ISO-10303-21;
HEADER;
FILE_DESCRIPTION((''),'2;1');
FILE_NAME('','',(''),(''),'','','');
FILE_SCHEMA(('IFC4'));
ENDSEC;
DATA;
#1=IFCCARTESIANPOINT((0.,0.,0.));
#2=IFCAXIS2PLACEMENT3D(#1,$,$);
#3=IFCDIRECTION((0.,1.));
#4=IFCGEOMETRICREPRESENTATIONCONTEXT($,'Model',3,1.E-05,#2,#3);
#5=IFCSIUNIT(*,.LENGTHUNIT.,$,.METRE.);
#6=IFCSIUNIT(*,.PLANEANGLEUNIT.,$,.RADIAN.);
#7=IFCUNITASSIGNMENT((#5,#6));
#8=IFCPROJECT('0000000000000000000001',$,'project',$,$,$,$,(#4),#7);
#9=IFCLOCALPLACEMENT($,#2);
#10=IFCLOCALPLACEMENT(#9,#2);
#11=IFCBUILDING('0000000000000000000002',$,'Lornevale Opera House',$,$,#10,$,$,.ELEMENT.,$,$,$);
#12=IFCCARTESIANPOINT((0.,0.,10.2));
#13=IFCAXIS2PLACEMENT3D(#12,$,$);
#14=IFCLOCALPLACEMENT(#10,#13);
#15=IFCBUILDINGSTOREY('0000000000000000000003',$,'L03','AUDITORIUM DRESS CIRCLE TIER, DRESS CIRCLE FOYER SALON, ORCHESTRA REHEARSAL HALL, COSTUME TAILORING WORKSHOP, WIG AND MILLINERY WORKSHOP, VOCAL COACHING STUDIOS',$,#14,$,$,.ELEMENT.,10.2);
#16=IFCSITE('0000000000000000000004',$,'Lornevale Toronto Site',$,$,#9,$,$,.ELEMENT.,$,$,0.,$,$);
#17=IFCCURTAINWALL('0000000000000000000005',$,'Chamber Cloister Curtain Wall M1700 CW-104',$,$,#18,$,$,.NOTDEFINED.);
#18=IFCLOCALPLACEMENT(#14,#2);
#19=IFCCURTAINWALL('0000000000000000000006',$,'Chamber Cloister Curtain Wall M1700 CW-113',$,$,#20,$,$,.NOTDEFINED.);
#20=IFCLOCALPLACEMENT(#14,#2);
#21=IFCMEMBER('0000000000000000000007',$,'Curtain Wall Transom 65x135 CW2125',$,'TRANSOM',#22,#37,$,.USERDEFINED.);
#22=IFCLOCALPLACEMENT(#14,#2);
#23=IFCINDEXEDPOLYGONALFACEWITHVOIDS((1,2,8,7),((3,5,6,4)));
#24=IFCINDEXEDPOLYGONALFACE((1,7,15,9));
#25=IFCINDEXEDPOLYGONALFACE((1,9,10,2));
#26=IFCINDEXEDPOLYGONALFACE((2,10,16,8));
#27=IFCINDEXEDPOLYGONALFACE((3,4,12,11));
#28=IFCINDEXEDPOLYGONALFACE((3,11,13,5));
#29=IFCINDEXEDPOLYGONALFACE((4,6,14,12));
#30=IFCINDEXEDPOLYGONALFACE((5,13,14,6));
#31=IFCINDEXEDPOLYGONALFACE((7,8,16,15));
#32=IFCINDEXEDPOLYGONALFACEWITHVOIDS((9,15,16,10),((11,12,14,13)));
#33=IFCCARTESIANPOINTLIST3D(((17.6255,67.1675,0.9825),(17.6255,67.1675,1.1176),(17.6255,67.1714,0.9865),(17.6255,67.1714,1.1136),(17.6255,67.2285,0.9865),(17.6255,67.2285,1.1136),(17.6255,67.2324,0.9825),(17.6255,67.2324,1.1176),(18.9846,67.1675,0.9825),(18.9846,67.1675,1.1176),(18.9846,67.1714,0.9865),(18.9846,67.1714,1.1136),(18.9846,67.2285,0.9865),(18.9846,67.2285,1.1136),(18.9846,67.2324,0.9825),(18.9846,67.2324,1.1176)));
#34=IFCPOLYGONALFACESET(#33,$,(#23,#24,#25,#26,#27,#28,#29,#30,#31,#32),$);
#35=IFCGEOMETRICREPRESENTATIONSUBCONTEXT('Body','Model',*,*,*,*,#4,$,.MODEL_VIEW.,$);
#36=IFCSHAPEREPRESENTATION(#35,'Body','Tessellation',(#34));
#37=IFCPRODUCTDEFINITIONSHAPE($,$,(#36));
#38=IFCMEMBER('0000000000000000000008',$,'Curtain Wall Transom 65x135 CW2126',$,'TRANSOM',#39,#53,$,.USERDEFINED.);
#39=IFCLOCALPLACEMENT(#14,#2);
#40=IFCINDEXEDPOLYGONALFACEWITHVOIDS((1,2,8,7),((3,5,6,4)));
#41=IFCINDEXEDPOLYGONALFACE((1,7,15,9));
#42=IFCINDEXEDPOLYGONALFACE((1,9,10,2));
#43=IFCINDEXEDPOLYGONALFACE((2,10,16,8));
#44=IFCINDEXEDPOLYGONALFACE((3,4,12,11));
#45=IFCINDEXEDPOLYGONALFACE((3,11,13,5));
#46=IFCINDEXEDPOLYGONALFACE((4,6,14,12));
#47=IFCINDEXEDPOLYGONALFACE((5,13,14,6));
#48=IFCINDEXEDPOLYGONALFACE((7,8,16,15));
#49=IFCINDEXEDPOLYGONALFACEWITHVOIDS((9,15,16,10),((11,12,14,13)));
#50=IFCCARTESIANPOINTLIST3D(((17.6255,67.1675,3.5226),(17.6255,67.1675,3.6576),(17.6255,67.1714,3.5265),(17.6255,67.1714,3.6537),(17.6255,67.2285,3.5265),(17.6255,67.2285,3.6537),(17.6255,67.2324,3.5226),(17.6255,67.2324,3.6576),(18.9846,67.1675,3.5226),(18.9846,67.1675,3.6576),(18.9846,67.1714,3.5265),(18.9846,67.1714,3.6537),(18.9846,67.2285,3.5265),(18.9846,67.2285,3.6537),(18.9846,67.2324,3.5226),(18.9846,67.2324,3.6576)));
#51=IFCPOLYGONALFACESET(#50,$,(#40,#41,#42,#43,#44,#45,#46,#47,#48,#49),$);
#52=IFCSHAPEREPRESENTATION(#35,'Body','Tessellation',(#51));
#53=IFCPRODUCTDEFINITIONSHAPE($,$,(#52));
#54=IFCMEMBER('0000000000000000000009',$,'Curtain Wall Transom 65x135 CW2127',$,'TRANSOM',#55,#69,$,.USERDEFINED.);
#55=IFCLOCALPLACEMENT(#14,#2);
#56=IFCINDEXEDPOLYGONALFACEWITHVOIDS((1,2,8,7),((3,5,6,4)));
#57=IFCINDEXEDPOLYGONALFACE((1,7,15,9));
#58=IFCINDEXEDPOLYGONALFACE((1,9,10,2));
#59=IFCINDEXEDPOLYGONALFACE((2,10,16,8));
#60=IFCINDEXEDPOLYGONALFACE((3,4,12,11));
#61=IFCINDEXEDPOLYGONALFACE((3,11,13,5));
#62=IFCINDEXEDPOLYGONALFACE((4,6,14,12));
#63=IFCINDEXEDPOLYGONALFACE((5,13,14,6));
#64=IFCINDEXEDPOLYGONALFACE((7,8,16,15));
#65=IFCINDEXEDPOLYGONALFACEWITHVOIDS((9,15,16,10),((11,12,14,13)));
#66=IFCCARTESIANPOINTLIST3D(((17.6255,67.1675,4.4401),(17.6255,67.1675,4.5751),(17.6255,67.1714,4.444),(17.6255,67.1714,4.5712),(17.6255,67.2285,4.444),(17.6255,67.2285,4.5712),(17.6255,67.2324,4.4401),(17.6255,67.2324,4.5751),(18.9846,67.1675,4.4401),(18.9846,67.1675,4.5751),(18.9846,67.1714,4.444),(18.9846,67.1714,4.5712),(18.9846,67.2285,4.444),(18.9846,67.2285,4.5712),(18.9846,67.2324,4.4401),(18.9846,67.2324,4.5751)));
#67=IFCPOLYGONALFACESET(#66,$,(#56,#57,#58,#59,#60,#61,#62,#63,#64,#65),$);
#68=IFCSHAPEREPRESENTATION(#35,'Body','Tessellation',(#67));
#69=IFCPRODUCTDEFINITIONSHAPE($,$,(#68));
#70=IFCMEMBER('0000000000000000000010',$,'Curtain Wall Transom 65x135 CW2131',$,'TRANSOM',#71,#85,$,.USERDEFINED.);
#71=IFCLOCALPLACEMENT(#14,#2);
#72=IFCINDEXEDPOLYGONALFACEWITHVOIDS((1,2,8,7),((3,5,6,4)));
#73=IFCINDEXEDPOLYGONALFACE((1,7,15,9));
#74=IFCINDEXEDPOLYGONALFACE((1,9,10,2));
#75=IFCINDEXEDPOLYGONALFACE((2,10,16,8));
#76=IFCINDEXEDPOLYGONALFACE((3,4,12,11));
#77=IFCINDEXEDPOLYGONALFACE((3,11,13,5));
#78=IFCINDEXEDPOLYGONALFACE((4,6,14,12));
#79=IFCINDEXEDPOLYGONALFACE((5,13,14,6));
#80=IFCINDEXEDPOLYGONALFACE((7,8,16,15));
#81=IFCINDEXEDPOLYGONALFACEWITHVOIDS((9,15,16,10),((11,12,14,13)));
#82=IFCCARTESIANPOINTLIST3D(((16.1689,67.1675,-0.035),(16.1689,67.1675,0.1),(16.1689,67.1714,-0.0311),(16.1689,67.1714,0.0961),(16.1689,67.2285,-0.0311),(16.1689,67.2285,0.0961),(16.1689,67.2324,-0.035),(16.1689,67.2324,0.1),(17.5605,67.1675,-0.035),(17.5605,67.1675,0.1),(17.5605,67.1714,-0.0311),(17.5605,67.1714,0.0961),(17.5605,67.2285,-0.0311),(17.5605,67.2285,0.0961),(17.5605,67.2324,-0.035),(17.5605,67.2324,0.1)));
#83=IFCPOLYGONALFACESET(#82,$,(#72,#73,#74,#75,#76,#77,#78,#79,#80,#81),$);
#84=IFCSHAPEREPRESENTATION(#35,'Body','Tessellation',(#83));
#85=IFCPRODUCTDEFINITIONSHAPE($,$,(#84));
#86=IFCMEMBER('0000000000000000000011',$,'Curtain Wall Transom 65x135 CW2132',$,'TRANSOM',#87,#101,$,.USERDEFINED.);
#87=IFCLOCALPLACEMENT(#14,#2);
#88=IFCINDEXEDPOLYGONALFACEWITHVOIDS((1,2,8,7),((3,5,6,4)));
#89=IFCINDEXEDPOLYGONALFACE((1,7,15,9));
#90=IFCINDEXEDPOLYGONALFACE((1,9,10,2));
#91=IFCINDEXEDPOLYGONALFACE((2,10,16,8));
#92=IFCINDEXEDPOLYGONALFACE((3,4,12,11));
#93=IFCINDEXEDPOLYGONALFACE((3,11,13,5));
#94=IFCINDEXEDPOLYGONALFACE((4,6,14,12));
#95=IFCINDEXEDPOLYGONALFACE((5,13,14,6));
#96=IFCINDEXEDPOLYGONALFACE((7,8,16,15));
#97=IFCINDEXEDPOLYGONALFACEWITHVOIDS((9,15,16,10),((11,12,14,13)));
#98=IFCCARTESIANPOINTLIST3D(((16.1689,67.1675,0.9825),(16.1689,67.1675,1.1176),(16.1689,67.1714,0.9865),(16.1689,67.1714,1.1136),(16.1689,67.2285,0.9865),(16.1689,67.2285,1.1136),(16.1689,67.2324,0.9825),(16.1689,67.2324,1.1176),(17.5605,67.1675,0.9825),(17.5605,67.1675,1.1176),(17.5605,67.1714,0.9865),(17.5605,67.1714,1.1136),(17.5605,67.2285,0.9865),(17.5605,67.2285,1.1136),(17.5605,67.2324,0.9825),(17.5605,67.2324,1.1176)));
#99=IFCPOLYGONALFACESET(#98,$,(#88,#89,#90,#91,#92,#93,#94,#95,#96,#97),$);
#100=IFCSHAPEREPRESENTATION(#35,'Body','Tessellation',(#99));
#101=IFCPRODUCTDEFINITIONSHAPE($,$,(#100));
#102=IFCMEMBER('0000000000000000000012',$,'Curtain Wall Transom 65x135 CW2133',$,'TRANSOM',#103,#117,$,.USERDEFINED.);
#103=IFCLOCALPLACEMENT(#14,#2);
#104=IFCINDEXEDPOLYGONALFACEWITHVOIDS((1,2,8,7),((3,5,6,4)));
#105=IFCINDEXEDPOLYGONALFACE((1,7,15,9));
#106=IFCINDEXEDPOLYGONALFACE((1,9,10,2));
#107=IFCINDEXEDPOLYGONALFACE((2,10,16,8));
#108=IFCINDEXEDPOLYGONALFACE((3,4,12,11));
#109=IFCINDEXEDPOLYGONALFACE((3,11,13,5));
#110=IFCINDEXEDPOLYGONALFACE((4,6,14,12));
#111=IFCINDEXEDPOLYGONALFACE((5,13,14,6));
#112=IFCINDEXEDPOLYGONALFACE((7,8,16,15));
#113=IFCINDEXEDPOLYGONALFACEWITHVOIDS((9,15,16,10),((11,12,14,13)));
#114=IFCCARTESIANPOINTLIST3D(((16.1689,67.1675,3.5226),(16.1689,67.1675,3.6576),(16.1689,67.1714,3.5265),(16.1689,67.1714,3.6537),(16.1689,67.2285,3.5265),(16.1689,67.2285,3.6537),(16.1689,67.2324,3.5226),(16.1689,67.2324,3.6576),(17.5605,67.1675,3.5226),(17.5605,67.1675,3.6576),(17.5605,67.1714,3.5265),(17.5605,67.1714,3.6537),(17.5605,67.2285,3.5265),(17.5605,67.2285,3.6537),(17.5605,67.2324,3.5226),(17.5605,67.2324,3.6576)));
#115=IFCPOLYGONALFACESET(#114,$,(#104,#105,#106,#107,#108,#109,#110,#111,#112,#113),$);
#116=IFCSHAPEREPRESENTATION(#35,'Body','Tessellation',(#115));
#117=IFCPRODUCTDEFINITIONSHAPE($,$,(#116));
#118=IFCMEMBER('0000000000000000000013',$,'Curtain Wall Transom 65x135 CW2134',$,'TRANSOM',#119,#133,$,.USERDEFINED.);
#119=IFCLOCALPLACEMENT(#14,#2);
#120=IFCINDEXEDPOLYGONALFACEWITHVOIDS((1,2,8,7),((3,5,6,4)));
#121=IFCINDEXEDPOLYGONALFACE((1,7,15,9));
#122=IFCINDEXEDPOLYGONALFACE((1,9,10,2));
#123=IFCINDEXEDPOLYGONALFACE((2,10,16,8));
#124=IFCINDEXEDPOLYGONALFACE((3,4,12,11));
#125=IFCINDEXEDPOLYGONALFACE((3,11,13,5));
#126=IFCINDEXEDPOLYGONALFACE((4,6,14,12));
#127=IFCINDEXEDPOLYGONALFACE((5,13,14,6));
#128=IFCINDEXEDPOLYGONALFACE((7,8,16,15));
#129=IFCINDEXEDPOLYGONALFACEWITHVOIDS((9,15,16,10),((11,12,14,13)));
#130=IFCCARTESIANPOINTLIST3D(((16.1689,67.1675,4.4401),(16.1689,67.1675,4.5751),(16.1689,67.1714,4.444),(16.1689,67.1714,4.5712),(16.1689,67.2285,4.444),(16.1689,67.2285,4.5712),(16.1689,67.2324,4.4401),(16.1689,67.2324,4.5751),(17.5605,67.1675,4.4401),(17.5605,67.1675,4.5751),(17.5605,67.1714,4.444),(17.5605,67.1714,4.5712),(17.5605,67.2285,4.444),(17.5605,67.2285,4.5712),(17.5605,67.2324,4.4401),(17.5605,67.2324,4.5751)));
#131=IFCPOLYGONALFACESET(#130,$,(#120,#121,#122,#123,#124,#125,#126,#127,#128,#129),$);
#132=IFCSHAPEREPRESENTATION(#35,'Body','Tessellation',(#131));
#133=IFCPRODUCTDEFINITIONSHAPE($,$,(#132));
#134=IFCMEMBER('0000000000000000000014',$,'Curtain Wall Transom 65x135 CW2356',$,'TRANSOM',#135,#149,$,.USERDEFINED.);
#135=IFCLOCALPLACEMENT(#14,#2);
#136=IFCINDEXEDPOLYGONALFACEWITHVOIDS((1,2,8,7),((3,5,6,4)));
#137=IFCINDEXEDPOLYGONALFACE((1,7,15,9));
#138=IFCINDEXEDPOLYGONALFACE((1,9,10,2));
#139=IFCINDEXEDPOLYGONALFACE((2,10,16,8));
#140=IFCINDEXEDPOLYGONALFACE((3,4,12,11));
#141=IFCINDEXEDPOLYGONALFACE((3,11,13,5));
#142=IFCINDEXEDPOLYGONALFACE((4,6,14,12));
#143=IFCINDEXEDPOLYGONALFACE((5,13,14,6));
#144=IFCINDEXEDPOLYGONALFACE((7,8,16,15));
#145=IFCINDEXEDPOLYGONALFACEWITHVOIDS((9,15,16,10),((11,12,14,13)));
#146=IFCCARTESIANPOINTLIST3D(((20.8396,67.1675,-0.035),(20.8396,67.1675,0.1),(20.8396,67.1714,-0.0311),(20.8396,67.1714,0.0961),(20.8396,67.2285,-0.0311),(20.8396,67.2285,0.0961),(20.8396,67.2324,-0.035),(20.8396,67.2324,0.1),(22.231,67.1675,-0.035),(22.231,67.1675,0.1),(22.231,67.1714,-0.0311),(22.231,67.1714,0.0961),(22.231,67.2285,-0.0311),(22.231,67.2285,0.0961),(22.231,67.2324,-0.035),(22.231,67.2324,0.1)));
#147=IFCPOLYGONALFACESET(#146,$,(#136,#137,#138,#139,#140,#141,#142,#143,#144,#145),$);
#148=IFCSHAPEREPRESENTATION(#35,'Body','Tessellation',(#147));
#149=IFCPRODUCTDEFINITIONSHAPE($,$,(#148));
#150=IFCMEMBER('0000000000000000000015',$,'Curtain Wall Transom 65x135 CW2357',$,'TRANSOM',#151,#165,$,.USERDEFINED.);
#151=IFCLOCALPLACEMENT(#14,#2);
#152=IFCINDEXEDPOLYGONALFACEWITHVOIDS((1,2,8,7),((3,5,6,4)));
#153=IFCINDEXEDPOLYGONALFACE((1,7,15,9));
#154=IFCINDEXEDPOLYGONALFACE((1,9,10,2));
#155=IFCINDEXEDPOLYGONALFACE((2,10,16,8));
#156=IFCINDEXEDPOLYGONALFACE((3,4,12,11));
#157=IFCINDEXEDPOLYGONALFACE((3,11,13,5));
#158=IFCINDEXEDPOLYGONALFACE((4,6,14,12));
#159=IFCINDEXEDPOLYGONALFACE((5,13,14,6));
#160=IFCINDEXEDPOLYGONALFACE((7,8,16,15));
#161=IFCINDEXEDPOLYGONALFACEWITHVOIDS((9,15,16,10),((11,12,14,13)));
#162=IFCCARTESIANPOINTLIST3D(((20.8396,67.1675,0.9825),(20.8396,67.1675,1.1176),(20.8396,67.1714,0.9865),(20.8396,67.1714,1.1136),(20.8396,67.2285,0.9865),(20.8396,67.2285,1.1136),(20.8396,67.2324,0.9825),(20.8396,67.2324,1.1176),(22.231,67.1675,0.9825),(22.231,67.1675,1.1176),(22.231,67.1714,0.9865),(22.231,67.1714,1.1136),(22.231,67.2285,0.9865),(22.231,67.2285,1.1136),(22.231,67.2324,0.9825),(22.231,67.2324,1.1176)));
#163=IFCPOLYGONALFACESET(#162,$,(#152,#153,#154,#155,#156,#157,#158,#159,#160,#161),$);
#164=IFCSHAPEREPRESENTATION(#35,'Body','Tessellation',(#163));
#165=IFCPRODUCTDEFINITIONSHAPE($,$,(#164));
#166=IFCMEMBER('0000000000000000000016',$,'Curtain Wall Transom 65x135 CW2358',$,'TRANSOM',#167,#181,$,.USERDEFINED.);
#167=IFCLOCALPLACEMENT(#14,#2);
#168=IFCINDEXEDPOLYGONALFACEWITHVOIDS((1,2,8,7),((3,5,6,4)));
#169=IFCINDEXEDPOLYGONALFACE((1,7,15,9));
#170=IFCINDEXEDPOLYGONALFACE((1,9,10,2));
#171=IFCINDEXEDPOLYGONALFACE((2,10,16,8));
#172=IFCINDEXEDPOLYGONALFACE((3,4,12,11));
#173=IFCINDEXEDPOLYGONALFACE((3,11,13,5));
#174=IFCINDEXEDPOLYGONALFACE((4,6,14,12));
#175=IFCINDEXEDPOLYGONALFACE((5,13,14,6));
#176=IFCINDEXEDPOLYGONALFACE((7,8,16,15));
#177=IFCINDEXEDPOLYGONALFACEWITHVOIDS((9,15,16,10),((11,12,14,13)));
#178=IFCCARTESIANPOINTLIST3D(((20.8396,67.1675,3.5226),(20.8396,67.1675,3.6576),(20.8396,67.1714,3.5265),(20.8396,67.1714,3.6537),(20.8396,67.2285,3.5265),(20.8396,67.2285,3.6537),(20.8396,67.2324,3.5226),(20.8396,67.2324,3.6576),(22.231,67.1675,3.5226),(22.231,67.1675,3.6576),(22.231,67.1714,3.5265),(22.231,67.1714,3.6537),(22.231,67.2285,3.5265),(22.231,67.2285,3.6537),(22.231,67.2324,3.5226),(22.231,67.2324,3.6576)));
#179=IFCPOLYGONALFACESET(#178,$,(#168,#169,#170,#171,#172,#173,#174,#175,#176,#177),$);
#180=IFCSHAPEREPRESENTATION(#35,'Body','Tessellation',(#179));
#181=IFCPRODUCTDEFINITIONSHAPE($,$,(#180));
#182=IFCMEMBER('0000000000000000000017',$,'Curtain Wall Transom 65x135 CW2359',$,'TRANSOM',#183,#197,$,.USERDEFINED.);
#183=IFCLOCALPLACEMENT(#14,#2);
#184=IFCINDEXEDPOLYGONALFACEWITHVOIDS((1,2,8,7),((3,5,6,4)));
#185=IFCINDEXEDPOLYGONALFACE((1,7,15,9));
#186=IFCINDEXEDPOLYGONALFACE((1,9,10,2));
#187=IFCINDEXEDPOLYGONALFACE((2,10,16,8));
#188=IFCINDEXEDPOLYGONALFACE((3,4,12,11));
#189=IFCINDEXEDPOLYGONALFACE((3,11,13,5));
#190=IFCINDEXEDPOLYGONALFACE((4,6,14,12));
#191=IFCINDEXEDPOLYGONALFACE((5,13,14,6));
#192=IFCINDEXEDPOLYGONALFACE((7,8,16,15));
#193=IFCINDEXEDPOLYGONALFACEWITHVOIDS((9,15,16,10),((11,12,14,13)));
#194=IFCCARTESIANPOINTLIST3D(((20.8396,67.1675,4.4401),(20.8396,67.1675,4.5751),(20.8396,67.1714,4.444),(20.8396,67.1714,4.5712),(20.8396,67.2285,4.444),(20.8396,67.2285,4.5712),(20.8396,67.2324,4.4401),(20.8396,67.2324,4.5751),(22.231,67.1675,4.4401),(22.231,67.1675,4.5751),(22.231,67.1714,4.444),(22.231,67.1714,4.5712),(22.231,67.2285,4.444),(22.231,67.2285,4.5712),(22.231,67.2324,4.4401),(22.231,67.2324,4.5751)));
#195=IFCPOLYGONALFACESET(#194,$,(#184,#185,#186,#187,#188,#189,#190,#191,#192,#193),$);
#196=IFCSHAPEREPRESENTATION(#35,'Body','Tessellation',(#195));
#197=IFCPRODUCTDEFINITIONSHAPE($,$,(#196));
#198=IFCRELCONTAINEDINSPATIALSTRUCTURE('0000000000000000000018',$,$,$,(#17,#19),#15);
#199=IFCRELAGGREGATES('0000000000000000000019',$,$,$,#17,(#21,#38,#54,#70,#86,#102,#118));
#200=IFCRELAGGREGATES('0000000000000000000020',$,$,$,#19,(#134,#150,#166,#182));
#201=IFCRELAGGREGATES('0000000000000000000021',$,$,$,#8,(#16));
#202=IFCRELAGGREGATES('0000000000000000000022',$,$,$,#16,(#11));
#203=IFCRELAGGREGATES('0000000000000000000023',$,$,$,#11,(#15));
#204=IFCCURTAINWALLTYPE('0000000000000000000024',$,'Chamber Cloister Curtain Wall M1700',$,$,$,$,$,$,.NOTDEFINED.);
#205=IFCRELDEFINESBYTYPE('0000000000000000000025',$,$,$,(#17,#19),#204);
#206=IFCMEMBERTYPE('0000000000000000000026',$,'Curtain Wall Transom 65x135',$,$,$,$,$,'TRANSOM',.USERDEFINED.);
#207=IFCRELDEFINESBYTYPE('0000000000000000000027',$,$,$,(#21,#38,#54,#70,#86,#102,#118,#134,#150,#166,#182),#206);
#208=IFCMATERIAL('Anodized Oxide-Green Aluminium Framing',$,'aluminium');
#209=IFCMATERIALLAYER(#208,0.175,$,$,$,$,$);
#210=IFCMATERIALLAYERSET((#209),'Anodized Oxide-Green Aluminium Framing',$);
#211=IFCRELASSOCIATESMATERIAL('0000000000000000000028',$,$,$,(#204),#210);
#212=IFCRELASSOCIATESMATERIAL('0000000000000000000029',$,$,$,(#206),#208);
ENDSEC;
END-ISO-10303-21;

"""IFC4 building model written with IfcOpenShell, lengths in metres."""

from ifc_helpers import new_model, si_unit, direction, frame, origin, origin_2d, place, context, subcontext, project, spatial, hollow_rectangle, extrude, material, layer, layer_set, material_profile, profile_set, type_object, element, aggregate, save


model = new_model("IFC4")

# Units and contexts
model_context = context("Model", 3, precision=1e-05, world=origin(), true_north=direction((0.0, 1.0)))
body_context = subcontext(model_context, "Body", "Model", "MODEL_VIEW")
ifc_project = project(units=[si_unit("LENGTHUNIT", "METRE"), si_unit("PLANEANGLEUNIT", "RADIAN")], contexts=[model_context])

# Site, building, storey
site_placement = place(None, origin())
site = spatial("IfcSite", under=ifc_project, at=site_placement, Name="Lornevale Toronto Site", CompositionType="ELEMENT", RefElevation=0.0)
building_placement = place(site_placement, origin())
building = spatial("IfcBuilding", under=site, at=building_placement, Name="Lornevale Opera House", CompositionType="ELEMENT")
storey_placement = place(building_placement, frame((0.0, 0.0, 10.2)))
storey = spatial("IfcBuildingStorey", under=building, at=storey_placement, Name="L03", Description="AUDITORIUM DRESS CIRCLE TIER, DRESS CIRCLE FOYER SALON, ORCHESTRA REHEARSAL HALL, COSTUME TAILORING WORKSHOP, WIG AND MILLINERY WORKSHOP, VOCAL COACHING STUDIOS", CompositionType="ELEMENT", Elevation=10.2)

# Curtain walls
ifc_material_1 = material(Name="Anodized Oxide-Green Aluminium Framing", Category="aluminium")
ifc_layer_1 = layer(ifc_material_1, 0.175)
ifc_layer_set_1 = layer_set([ifc_layer_1], Name="Anodized Oxide-Green Aluminium Framing")
curtain_wall_type = type_object("IfcCurtainWallType", Name="Chamber Cloister Curtain Wall M1700", PredefinedType="NOTDEFINED", material=ifc_layer_set_1)
curtain_wall_1_placement = place(storey_placement, origin())
curtain_wall_1 = element("IfcCurtainWall", 1, at=curtain_wall_1_placement, inside=storey, type_object=curtain_wall_type, Name="Chamber Cloister Curtain Wall M1700 CW-104", PredefinedType="NOTDEFINED")
curtain_wall_2_placement = place(storey_placement, origin())
curtain_wall_2 = element("IfcCurtainWall", 2, at=curtain_wall_2_placement, inside=storey, type_object=curtain_wall_type, Name="Chamber Cloister Curtain Wall M1700 CW-113", PredefinedType="NOTDEFINED")

# Members
ifc_material_profile_1 = material_profile(ifc_material_1, hollow_rectangle(XDim=0.0649, YDim=0.135, WallThickness=0.0039, at=origin_2d()), Name="ALU65x135x4")
ifc_profile_set_1 = profile_set([ifc_material_profile_1], Name="Anodized Oxide-Green Aluminium Framing")
member_type_1 = type_object("IfcMemberType", Name="Curtain Wall Transom 65x135", ElementType="TRANSOM", PredefinedType="USERDEFINED", material=ifc_profile_set_1)
member_1_placement = place(storey_placement, frame((18.9846, 67.2, 1.05), z_axis=(-1.0, 0.0, 0.0), x_axis=(0.0, -1.0, 0.0)))
member_1 = element("IfcMember", 3, at=member_1_placement, type_object=member_type_1, Name="Curtain Wall Transom 65x135 CW2125", ObjectType="TRANSOM", PredefinedType="USERDEFINED", context=body_context, shape_type="SweptSolid", body=[
    extrude(hollow_rectangle(XDim=0.0649, YDim=0.135, WallThickness=0.0039, at=origin_2d()), origin(), (0.0, 0.0, 1.0), 1.3591),
])
member_2_placement = place(storey_placement, frame((18.9846, 67.2, 3.5901), z_axis=(-1.0, 0.0, 0.0), x_axis=(0.0, -1.0, 0.0)))
member_2 = element("IfcMember", 4, at=member_2_placement, type_object=member_type_1, Name="Curtain Wall Transom 65x135 CW2126", ObjectType="TRANSOM", PredefinedType="USERDEFINED", context=body_context, shape_type="SweptSolid", body=[
    extrude(hollow_rectangle(XDim=0.0649, YDim=0.135, WallThickness=0.0039, at=origin_2d()), origin(), (0.0, 0.0, 1.0), 1.3591),
])
member_3_placement = place(storey_placement, frame((18.9846, 67.2, 4.5076), z_axis=(-1.0, 0.0, 0.0), x_axis=(0.0, -1.0, 0.0)))
member_3 = element("IfcMember", 5, at=member_3_placement, type_object=member_type_1, Name="Curtain Wall Transom 65x135 CW2127", ObjectType="TRANSOM", PredefinedType="USERDEFINED", context=body_context, shape_type="SweptSolid", body=[
    extrude(hollow_rectangle(XDim=0.0649, YDim=0.135, WallThickness=0.0039, at=origin_2d()), origin(), (0.0, 0.0, 1.0), 1.3591),
])
member_4_placement = place(storey_placement, frame((17.5605, 67.2, 0.0325), z_axis=(-1.0, 0.0, 0.0), x_axis=(0.0, -1.0, 0.0)))
member_4 = element("IfcMember", 6, at=member_4_placement, type_object=member_type_1, Name="Curtain Wall Transom 65x135 CW2131", ObjectType="TRANSOM", PredefinedType="USERDEFINED", context=body_context, shape_type="SweptSolid", body=[
    extrude(hollow_rectangle(XDim=0.0649, YDim=0.135, WallThickness=0.0039, at=origin_2d()), origin(), (0.0, 0.0, 1.0), 1.3916),
])
member_5_placement = place(storey_placement, frame((17.5605, 67.2, 1.05), z_axis=(-1.0, 0.0, 0.0), x_axis=(0.0, -1.0, 0.0)))
member_5 = element("IfcMember", 7, at=member_5_placement, type_object=member_type_1, Name="Curtain Wall Transom 65x135 CW2132", ObjectType="TRANSOM", PredefinedType="USERDEFINED", context=body_context, shape_type="SweptSolid", body=[
    extrude(hollow_rectangle(XDim=0.0649, YDim=0.135, WallThickness=0.0039, at=origin_2d()), origin(), (0.0, 0.0, 1.0), 1.3916),
])
member_6_placement = place(storey_placement, frame((17.5605, 67.2, 3.5901), z_axis=(-1.0, 0.0, 0.0), x_axis=(0.0, -1.0, 0.0)))
member_6 = element("IfcMember", 8, at=member_6_placement, type_object=member_type_1, Name="Curtain Wall Transom 65x135 CW2133", ObjectType="TRANSOM", PredefinedType="USERDEFINED", context=body_context, shape_type="SweptSolid", body=[
    extrude(hollow_rectangle(XDim=0.0649, YDim=0.135, WallThickness=0.0039, at=origin_2d()), origin(), (0.0, 0.0, 1.0), 1.3916),
])
member_7_placement = place(storey_placement, frame((17.5605, 67.2, 4.5076), z_axis=(-1.0, 0.0, 0.0), x_axis=(0.0, -1.0, 0.0)))
member_7 = element("IfcMember", 9, at=member_7_placement, type_object=member_type_1, Name="Curtain Wall Transom 65x135 CW2134", ObjectType="TRANSOM", PredefinedType="USERDEFINED", context=body_context, shape_type="SweptSolid", body=[
    extrude(hollow_rectangle(XDim=0.0649, YDim=0.135, WallThickness=0.0039, at=origin_2d()), origin(), (0.0, 0.0, 1.0), 1.3916),
])
member_8_placement = place(storey_placement, frame((22.231, 67.2, 0.0325), z_axis=(-1.0, 0.0, 0.0), x_axis=(0.0, -1.0, 0.0)))
member_8 = element("IfcMember", 10, at=member_8_placement, type_object=member_type_1, Name="Curtain Wall Transom 65x135 CW2356", ObjectType="TRANSOM", PredefinedType="USERDEFINED", context=body_context, shape_type="SweptSolid", body=[
    extrude(hollow_rectangle(XDim=0.0649, YDim=0.135, WallThickness=0.0039, at=origin_2d()), origin(), (0.0, 0.0, 1.0), 1.3914),
])
member_9_placement = place(storey_placement, frame((22.231, 67.2, 1.05), z_axis=(-1.0, 0.0, 0.0), x_axis=(0.0, -1.0, 0.0)))
member_9 = element("IfcMember", 11, at=member_9_placement, type_object=member_type_1, Name="Curtain Wall Transom 65x135 CW2357", ObjectType="TRANSOM", PredefinedType="USERDEFINED", context=body_context, shape_type="SweptSolid", body=[
    extrude(hollow_rectangle(XDim=0.0649, YDim=0.135, WallThickness=0.0039, at=origin_2d()), origin(), (0.0, 0.0, 1.0), 1.3914),
])
member_10_placement = place(storey_placement, frame((22.231, 67.2, 3.5901), z_axis=(-1.0, 0.0, 0.0), x_axis=(0.0, -1.0, 0.0)))
member_10 = element("IfcMember", 12, at=member_10_placement, type_object=member_type_1, Name="Curtain Wall Transom 65x135 CW2358", ObjectType="TRANSOM", PredefinedType="USERDEFINED", context=body_context, shape_type="SweptSolid", body=[
    extrude(hollow_rectangle(XDim=0.0649, YDim=0.135, WallThickness=0.0039, at=origin_2d()), origin(), (0.0, 0.0, 1.0), 1.3914),
])
member_11_placement = place(storey_placement, frame((22.231, 67.2, 4.5076), z_axis=(-1.0, 0.0, 0.0), x_axis=(0.0, -1.0, 0.0)))
member_11 = element("IfcMember", 13, at=member_11_placement, type_object=member_type_1, Name="Curtain Wall Transom 65x135 CW2359", ObjectType="TRANSOM", PredefinedType="USERDEFINED", context=body_context, shape_type="SweptSolid", body=[
    extrude(hollow_rectangle(XDim=0.0649, YDim=0.135, WallThickness=0.0039, at=origin_2d()), origin(), (0.0, 0.0, 1.0), 1.3914),
])

aggregate(curtain_wall_1, [member_1, member_2, member_3, member_4, member_5, member_6, member_7])
aggregate(curtain_wall_2, [member_8, member_9, member_10, member_11])

save(model, "model.ifc")
